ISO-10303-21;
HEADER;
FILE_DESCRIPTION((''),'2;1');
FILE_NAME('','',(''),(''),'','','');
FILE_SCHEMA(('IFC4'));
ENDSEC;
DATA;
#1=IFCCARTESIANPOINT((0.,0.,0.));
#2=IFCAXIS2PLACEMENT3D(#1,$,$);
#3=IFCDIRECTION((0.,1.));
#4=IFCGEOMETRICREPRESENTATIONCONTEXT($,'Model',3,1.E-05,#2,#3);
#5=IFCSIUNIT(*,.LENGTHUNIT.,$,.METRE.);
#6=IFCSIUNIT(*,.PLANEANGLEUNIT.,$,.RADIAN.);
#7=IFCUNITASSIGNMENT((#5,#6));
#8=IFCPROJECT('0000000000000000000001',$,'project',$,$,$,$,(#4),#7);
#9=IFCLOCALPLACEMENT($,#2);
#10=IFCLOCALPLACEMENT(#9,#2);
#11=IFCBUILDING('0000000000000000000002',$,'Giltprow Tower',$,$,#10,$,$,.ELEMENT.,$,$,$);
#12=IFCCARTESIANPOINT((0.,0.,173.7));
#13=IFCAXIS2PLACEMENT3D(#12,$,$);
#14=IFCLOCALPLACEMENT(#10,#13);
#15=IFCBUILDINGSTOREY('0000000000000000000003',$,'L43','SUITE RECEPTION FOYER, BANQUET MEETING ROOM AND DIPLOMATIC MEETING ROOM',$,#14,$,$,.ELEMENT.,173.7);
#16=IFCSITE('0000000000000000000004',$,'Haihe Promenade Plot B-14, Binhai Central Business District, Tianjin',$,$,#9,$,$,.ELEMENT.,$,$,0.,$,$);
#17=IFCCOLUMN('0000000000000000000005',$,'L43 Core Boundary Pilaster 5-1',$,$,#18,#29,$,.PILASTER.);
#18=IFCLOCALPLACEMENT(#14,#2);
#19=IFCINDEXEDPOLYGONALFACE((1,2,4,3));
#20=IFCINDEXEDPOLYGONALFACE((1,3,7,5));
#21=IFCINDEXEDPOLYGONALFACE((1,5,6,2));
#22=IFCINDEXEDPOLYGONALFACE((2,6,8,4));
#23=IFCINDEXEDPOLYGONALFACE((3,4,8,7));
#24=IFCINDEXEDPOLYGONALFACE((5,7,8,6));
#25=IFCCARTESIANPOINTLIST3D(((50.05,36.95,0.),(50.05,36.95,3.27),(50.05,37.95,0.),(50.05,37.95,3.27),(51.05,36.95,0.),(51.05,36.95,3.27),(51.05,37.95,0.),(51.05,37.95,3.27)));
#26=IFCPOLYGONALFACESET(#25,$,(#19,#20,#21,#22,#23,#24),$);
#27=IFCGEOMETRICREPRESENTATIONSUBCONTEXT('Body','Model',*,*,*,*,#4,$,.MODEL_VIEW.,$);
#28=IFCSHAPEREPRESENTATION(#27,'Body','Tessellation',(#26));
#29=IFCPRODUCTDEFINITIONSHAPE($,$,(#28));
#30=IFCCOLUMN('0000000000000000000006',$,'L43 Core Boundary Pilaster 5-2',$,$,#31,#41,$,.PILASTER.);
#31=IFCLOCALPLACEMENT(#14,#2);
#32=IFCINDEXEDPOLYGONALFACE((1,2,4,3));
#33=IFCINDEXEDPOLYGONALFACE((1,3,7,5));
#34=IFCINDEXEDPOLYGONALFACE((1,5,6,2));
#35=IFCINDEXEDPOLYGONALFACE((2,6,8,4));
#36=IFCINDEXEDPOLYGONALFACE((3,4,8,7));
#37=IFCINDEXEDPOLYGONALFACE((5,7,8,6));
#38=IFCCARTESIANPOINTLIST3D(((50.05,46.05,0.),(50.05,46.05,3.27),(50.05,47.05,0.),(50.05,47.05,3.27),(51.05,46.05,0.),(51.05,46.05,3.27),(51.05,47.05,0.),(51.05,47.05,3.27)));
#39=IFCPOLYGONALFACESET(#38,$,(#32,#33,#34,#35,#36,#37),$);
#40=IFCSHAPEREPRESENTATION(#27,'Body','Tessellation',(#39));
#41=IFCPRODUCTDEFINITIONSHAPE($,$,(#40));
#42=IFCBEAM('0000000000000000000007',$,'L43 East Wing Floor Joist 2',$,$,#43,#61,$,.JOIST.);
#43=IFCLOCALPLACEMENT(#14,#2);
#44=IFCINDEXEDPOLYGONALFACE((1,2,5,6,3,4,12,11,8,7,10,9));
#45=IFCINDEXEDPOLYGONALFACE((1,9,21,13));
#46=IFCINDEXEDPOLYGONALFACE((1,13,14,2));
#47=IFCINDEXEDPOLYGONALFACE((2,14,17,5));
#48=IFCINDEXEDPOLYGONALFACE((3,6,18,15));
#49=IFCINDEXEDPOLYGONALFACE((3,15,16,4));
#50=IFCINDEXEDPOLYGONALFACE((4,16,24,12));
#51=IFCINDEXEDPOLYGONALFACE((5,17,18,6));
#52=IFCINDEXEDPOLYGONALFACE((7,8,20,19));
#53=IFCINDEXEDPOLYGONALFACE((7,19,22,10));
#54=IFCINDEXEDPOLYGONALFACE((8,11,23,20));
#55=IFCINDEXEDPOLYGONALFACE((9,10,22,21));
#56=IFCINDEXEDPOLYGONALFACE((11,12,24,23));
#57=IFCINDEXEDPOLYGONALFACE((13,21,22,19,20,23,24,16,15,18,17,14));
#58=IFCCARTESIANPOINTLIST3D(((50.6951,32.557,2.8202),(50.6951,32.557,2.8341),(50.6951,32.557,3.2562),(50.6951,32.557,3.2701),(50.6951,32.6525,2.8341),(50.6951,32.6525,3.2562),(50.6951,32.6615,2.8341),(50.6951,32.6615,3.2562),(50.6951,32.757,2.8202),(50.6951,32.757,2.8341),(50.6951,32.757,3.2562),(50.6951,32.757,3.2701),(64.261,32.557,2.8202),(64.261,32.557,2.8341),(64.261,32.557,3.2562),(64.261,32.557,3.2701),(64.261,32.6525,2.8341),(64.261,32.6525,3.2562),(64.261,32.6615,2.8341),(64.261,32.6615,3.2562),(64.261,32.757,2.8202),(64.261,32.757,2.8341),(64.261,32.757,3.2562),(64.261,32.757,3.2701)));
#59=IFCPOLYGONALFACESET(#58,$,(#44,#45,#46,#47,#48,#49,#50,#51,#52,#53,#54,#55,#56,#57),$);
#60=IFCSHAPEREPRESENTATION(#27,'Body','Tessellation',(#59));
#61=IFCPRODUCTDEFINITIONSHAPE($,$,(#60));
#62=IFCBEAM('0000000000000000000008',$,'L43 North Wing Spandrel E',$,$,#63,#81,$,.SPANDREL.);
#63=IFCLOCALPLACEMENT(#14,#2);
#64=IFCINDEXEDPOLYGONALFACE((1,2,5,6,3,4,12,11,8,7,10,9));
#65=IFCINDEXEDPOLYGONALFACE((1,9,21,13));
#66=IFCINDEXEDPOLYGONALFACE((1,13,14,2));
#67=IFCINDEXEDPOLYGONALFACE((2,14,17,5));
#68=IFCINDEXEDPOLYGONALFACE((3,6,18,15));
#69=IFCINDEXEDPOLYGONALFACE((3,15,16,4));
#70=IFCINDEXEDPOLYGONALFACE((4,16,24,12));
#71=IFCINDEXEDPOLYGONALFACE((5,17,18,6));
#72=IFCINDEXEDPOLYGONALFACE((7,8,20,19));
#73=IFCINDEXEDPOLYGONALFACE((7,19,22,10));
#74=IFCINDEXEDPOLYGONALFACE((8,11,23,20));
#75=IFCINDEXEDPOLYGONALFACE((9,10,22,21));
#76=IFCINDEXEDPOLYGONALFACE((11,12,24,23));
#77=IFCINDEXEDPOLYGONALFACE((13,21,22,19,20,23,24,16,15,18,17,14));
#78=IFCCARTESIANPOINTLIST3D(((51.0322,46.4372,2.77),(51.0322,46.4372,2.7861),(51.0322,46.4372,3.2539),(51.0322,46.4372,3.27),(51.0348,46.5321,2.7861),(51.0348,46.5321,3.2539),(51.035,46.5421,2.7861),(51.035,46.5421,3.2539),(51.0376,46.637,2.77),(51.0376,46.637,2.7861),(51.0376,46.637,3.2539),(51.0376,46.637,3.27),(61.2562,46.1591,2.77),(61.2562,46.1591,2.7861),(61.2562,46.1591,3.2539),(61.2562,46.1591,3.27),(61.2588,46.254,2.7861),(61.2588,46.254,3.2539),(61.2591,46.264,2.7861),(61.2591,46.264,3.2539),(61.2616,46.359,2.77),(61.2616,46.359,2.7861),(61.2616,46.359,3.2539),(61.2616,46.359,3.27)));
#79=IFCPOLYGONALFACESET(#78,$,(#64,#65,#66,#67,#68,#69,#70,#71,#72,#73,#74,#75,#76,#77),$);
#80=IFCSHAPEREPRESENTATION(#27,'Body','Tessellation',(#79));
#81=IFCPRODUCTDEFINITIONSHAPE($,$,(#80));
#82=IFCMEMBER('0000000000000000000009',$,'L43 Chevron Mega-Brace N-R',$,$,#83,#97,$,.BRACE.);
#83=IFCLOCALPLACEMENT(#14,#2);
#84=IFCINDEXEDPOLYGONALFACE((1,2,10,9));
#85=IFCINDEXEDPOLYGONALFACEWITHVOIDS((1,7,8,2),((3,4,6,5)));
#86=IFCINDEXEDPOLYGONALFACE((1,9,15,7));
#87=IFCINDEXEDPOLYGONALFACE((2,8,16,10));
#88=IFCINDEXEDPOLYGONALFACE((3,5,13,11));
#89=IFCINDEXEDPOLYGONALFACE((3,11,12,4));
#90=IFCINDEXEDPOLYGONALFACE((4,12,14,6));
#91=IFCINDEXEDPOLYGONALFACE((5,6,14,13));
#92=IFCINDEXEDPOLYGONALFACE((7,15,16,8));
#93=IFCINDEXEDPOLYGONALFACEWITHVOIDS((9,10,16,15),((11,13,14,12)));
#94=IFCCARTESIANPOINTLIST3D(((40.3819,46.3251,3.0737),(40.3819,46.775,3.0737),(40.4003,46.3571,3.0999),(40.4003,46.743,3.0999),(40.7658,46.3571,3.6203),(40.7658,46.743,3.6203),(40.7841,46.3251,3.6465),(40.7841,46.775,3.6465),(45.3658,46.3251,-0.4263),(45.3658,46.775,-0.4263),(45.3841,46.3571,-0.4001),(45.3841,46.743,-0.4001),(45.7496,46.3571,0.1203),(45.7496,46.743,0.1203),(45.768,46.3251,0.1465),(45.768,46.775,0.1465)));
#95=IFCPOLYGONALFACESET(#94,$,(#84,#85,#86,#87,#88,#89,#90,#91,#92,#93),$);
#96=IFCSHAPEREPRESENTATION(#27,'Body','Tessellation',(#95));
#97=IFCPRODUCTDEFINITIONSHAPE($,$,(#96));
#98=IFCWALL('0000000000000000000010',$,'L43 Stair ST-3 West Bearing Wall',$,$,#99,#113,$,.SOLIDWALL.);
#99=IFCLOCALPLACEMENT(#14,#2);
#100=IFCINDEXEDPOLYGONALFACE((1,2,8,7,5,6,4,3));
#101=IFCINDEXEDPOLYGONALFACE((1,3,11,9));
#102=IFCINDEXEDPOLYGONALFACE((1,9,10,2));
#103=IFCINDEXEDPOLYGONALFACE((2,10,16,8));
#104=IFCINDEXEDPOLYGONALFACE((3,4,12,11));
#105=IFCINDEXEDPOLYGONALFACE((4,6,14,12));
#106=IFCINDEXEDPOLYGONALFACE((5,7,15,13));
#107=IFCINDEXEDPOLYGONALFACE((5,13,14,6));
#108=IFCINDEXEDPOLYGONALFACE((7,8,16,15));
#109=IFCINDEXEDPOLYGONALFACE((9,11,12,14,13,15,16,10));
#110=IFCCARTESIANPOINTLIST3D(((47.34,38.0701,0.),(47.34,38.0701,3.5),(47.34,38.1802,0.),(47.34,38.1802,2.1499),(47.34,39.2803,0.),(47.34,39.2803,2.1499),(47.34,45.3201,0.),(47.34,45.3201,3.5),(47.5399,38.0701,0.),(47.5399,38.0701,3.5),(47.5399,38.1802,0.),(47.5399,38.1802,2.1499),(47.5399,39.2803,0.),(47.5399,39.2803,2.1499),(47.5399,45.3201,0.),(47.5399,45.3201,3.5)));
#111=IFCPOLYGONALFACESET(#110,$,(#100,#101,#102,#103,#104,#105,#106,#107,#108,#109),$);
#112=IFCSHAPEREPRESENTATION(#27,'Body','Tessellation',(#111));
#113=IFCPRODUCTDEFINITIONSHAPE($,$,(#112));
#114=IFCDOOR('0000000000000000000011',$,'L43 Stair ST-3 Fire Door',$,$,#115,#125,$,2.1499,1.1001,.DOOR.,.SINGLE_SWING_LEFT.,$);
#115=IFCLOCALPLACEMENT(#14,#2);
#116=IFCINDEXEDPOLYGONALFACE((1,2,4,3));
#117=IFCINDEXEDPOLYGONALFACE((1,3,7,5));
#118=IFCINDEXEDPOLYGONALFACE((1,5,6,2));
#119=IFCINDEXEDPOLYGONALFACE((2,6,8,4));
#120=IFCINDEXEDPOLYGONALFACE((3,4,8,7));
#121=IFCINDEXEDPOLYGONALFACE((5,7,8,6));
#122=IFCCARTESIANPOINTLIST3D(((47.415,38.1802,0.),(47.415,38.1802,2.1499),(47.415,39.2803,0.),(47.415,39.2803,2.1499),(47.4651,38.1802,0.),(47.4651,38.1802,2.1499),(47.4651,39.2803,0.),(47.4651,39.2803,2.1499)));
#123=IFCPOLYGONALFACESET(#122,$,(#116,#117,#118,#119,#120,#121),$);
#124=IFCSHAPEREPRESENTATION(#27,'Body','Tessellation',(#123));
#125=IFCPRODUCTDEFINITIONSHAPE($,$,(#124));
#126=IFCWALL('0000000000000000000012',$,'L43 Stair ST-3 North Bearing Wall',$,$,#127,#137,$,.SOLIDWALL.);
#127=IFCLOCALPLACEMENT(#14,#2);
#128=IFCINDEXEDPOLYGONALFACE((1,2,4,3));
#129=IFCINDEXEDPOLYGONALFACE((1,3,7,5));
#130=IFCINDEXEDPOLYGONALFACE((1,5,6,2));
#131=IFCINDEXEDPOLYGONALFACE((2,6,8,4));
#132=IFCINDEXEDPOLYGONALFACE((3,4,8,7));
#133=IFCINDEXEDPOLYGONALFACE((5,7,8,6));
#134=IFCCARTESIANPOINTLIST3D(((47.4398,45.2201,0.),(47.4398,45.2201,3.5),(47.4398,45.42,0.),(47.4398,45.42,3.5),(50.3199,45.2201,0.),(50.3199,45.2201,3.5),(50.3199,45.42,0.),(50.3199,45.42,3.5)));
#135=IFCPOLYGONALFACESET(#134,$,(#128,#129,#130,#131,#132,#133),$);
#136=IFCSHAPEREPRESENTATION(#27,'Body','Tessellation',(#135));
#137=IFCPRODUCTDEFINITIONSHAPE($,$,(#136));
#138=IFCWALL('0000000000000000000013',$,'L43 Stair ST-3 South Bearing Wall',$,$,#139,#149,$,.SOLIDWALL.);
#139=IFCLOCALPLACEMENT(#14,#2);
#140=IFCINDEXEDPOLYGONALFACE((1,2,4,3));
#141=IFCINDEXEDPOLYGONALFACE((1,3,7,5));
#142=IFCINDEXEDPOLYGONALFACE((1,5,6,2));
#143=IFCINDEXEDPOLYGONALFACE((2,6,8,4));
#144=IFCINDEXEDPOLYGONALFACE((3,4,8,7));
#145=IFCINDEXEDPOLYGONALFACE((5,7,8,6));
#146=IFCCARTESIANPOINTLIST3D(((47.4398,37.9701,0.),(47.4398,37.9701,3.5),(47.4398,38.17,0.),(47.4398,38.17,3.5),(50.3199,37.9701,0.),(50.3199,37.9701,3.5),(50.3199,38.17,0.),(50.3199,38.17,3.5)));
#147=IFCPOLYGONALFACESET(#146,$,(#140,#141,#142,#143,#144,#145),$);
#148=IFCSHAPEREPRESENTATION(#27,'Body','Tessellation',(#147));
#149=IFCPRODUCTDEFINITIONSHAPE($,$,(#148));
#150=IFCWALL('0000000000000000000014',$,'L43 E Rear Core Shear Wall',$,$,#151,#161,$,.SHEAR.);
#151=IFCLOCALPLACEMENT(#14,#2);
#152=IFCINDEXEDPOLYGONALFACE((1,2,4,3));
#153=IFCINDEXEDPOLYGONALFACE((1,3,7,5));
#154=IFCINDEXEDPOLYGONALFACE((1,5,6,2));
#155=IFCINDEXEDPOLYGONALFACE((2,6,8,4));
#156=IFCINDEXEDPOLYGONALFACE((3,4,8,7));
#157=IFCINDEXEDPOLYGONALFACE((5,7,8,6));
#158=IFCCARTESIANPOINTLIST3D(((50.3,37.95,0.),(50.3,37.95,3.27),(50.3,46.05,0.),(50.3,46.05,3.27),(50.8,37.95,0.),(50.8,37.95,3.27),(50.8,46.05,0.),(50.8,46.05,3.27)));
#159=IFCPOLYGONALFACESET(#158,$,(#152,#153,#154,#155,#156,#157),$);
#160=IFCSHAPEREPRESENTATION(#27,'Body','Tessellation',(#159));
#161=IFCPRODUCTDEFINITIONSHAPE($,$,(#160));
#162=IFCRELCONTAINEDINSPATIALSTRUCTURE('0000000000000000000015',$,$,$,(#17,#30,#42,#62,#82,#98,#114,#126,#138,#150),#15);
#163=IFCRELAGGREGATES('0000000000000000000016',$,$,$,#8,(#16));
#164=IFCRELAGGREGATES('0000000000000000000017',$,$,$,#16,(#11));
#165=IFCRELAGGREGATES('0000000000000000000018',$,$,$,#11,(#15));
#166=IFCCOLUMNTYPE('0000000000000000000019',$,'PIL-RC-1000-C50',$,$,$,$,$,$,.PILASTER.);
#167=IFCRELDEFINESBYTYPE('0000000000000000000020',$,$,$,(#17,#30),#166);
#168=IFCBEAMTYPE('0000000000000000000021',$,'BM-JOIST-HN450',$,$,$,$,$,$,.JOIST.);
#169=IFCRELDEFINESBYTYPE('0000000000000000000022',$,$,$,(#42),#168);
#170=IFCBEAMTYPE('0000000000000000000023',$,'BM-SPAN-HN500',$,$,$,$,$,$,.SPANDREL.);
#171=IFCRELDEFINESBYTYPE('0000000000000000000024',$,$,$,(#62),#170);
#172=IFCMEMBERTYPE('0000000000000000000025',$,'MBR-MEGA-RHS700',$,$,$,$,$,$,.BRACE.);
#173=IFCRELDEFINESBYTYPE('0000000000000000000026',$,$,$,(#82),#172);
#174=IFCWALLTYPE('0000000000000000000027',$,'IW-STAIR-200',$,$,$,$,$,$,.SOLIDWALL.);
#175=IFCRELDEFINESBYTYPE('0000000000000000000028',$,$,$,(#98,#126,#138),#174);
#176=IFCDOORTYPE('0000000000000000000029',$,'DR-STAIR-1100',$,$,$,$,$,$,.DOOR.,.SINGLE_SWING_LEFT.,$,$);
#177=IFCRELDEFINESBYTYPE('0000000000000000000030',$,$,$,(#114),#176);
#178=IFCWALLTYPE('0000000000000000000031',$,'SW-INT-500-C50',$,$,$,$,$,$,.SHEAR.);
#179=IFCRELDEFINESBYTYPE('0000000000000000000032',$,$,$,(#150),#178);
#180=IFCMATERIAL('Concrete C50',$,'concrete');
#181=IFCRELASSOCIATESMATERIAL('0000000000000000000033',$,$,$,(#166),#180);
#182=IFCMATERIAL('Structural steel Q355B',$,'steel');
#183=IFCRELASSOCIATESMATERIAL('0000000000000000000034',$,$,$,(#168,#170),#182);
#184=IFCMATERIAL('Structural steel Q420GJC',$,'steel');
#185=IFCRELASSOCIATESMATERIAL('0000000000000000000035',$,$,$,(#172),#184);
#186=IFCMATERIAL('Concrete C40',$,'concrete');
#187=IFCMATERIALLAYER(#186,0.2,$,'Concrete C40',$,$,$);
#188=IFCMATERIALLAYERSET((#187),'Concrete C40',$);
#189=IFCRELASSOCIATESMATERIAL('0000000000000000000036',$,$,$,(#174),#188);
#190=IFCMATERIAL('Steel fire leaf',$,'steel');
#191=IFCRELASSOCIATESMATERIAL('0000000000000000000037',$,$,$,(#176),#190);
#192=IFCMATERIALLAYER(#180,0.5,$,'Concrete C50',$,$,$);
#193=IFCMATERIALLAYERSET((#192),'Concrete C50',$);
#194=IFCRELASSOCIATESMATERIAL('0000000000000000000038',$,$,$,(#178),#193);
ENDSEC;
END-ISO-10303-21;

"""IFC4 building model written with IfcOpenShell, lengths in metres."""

from ifc_helpers import new_model, si_unit, direction, frame, frame_2d, origin, origin_2d, place, context, subcontext, project, spatial, rectangle, hollow_rectangle, i_section, extrude, source, transform, mapped, material, layer, layer_set, material_profile, profile_set, type_object, element, fill, save


model = new_model("IFC4")

# Units and contexts
model_context = context("Model", 3, precision=1e-05, world=origin(), true_north=direction((0.0, 1.0)))
body_context = subcontext(model_context, "Body", "Model", "MODEL_VIEW")
ifc_project = project(units=[si_unit("LENGTHUNIT", "METRE"), si_unit("PLANEANGLEUNIT", "RADIAN")], contexts=[model_context])

# Site, building, storey
site_placement = place(None, origin())
site = spatial("IfcSite", under=ifc_project, at=site_placement, Name="Haihe Promenade Plot B-14, Binhai Central Business District, Tianjin", CompositionType="ELEMENT", RefElevation=0.0)
building_placement = place(site_placement, origin())
building = spatial("IfcBuilding", under=site, at=building_placement, Name="Giltprow Tower", CompositionType="ELEMENT")
storey_placement = place(building_placement, frame((0.0, 0.0, 173.7)))
storey = spatial("IfcBuildingStorey", under=building, at=storey_placement, Name="L43", Description="SUITE RECEPTION FOYER, BANQUET MEETING ROOM AND DIPLOMATIC MEETING ROOM", CompositionType="ELEMENT", Elevation=173.7)

# Columns
ifc_material_1 = material(Name="Concrete C50", Category="concrete")
ifc_material_profile_1 = material_profile(ifc_material_1, rectangle(XDim=1.0, YDim=1.0, at=origin_2d()), Name="RC 1000x1000")
ifc_profile_set_1 = profile_set([ifc_material_profile_1], Name="Concrete C50")
column_type = type_object("IfcColumnType", Name="PIL-RC-1000-C50", PredefinedType="PILASTER", material=ifc_profile_set_1)
shared_shape_1 = source(origin(), body_context, "Body", "SweptSolid", [
    extrude(rectangle(XDim=1.0, YDim=1.0, at=origin_2d()), origin(), (0.0, 0.0, 1.0), 3.27),
])
for number, where, z_axis, x_axis, name in (
    (1, (50.55, 37.45, 0.0), (0.0, 0.0, 1.0), (1.0, 0.0, 0.0), "L43 Core Boundary Pilaster 5-1"),
    (2, (50.55, 46.55, 0.0), (0.0, 0.0, 1.0), (1.0, 0.0, 0.0), "L43 Core Boundary Pilaster 5-2"),
):
    element("IfcColumn", number, at=place(storey_placement, frame(where, z_axis=z_axis, x_axis=x_axis)), inside=storey, type_object=column_type, Name=name, PredefinedType="PILASTER", context=body_context, shape_type="MappedRepresentation", body=[
        mapped(shared_shape_1, transform((0.0, 0.0, 0.0), x_axis=(1.0, 0.0, 0.0), y_axis=(0.0, 1.0, 0.0), z_axis=(0.0, 0.0, 1.0), scale=1.0)),
    ])

# Beams
ifc_material_2 = material(Name="Structural steel Q355B", Category="steel")
ifc_material_profile_2 = material_profile(ifc_material_2, i_section(OverallWidth=0.2, OverallDepth=0.45, WebThickness=0.009, FlangeThickness=0.0139, at=origin_2d()), Name="HN 450x200x9x14")
ifc_profile_set_2 = profile_set([ifc_material_profile_2], Name="Structural steel Q355B")
beam_type_1 = type_object("IfcBeamType", Name="BM-JOIST-HN450", PredefinedType="JOIST", material=ifc_profile_set_2)
shared_shape_2 = source(origin(), body_context, "Body", "SweptSolid", [
    extrude(i_section(OverallWidth=0.2, OverallDepth=0.45, WebThickness=0.009, FlangeThickness=0.0139, at=origin_2d()), origin(), (0.0, 0.0, 1.0), 13.5659),
])
beam_1_placement = place(storey_placement, frame((50.6951, 32.657, 3.0452), z_axis=(1.0, 0.0, 0.0), x_axis=(0.0, 1.0, 0.0)))
element("IfcBeam", 3, at=beam_1_placement, inside=storey, type_object=beam_type_1, Name="L43 East Wing Floor Joist 2", PredefinedType="JOIST", context=body_context, shape_type="MappedRepresentation", body=[
    mapped(shared_shape_2, transform((0.0, 0.0, 0.0), x_axis=(1.0, 0.0, 0.0), y_axis=(0.0, 1.0, 0.0), z_axis=(0.0, 0.0, 1.0), scale=1.0)),
])
ifc_material_profile_3 = material_profile(ifc_material_2, i_section(OverallWidth=0.2, OverallDepth=0.5, WebThickness=0.01, FlangeThickness=0.0161, at=origin_2d()), Name="HN 500x200x10x16")
ifc_profile_set_3 = profile_set([ifc_material_profile_3], Name="Structural steel Q355B")
beam_type_2 = type_object("IfcBeamType", Name="BM-SPAN-HN500", PredefinedType="SPANDREL", material=ifc_profile_set_3)
shared_shape_3 = source(origin(), body_context, "Body", "SweptSolid", [
    extrude(i_section(OverallWidth=0.2, OverallDepth=0.5, WebThickness=0.01, FlangeThickness=0.0161, at=origin_2d()), origin(), (0.0, 0.0, 1.0), 10.2278),
])
beam_2_placement = place(storey_placement, frame((51.0349, 46.5371, 3.02), z_axis=(0.99963, -0.027188, 0.0), x_axis=(0.027188, 0.99963, 0.0)))
element("IfcBeam", 4, at=beam_2_placement, inside=storey, type_object=beam_type_2, Name="L43 North Wing Spandrel E", PredefinedType="SPANDREL", context=body_context, shape_type="MappedRepresentation", body=[
    mapped(shared_shape_3, transform((0.0, 0.0, 0.0), x_axis=(1.0, 0.0, 0.0), y_axis=(0.0, 1.0, 0.0), z_axis=(0.0, 0.0, 1.0), scale=1.0)),
])

# Member
ifc_material_3 = material(Name="Structural steel Q420GJC", Category="steel")
ifc_material_profile_4 = material_profile(ifc_material_3, hollow_rectangle(XDim=0.45, YDim=0.7, WallThickness=0.032, at=origin_2d()), Name="RHS 700x450x32")
ifc_profile_set_4 = profile_set([ifc_material_profile_4], Name="Structural steel Q420GJC")
member_type = type_object("IfcMemberType", Name="MBR-MEGA-RHS700", PredefinedType="BRACE", material=ifc_profile_set_4)
shared_shape_4 = source(origin(), body_context, "Body", "SweptSolid", [
    extrude(hollow_rectangle(XDim=0.45, YDim=0.7, WallThickness=0.032, at=origin_2d()), origin(), (0.0, 0.0, 1.0), 6.0901),
])
member_placement = place(storey_placement, frame((45.5669, 46.55, -0.1399), z_axis=(-0.818361, 0.0, 0.574705), x_axis=(0.0, -1.0, 0.0)))
element("IfcMember", 5, at=member_placement, inside=storey, type_object=member_type, Name="L43 Chevron Mega-Brace N-R", PredefinedType="BRACE", context=body_context, shape_type="MappedRepresentation", body=[
    mapped(shared_shape_4, transform((0.0, 0.0, 0.0), x_axis=(1.0, 0.0, 0.0), y_axis=(0.0, 1.0, 0.0), z_axis=(0.0, 0.0, 1.0), scale=1.0)),
])

# Wall, opening, door
ifc_material_4 = material(Name="Concrete C40", Category="concrete")
ifc_layer_1 = layer(ifc_material_4, 0.2, Name="Concrete C40")
ifc_layer_set_1 = layer_set([ifc_layer_1], Name="Concrete C40")
wall_type_1 = type_object("IfcWallType", Name="IW-STAIR-200", PredefinedType="SOLIDWALL", material=ifc_layer_set_1)
wall_1_placement = place(storey_placement, frame((47.4399, 38.0701, 0.0), z_axis=(0.0, 0.0, 1.0), x_axis=(0.0, 1.0, 0.0)))
wall_1 = element("IfcWall", 6, at=wall_1_placement, inside=storey, type_object=wall_type_1, Name="L43 Stair ST-3 West Bearing Wall", PredefinedType="SOLIDWALL", context=body_context, shape_type="SweptSolid", body=[
    extrude(rectangle(XDim=7.25, YDim=0.2, at=frame_2d((3.625, 0.0))), origin(), (0.0, 0.0, 1.0), 3.5),
])
opening_placement = place(wall_1_placement, frame((0.1101, 0.0, 0.0)))
opening = element("IfcOpeningElement", 7, at=opening_placement, cuts=wall_1, PredefinedType="OPENING", context=body_context, shape_type="SweptSolid", body=[
    extrude(rectangle(XDim=1.1001, YDim=2.1499, at=frame_2d((0.55, 1.075))), frame((0.0, 0.1099, 0.0), z_axis=(0.0, -1.0, 0.0), x_axis=(1.0, 0.0, 0.0)), (0.0, 0.0, 1.0), 0.22),
])
ifc_material_5 = material(Name="Steel fire leaf", Category="steel")
door_type = type_object("IfcDoorType", Name="DR-STAIR-1100", OperationType="SINGLE_SWING_LEFT", PredefinedType="DOOR", material=ifc_material_5)
shared_shape_5 = source(origin(), body_context, "Body", "SweptSolid", [
    extrude(rectangle(XDim=1.1001, YDim=2.1499, at=frame_2d((0.55, 1.075))), frame((0.0, 0.0249, 0.0), z_axis=(0.0, -1.0, 0.0), x_axis=(1.0, 0.0, 0.0)), (0.0, 0.0, 1.0), 0.05),
])
door_placement = place(opening_placement, origin())
door = element("IfcDoor", 8, at=door_placement, inside=storey, type_object=door_type, Name="L43 Stair ST-3 Fire Door", OperationType="SINGLE_SWING_LEFT", OverallHeight=2.1499, OverallWidth=1.1001, PredefinedType="DOOR", context=body_context, shape_type="MappedRepresentation", body=[
    mapped(shared_shape_5, transform((0.0, 0.0, 0.0), x_axis=(1.0, 0.0, 0.0), y_axis=(0.0, 1.0, 0.0), z_axis=(0.0, 0.0, 1.0), scale=1.0)),
])
fill(opening, door)

# Walls
for number, where, z_axis, x_axis, name in (
    (9, (47.4399, 45.3201, 0.0), (0.0, 0.0, 1.0), (1.0, 0.0, 0.0), "L43 Stair ST-3 North Bearing Wall"),
    (10, (47.4399, 38.0701, 0.0), (0.0, 0.0, 1.0), (1.0, 0.0, 0.0), "L43 Stair ST-3 South Bearing Wall"),
):
    element("IfcWall", number, at=place(storey_placement, frame(where, z_axis=z_axis, x_axis=x_axis)), inside=storey, type_object=wall_type_1, Name=name, PredefinedType="SOLIDWALL", context=body_context, shape_type="SweptSolid", body=[
        extrude(rectangle(XDim=2.8801, YDim=0.2, at=frame_2d((1.4399, 0.0))), origin(), (0.0, 0.0, 1.0), 3.5),
    ])
ifc_layer_2 = layer(ifc_material_1, 0.5, Name="Concrete C50")
ifc_layer_set_2 = layer_set([ifc_layer_2], Name="Concrete C50")
wall_type_2 = type_object("IfcWallType", Name="SW-INT-500-C50", PredefinedType="SHEAR", material=ifc_layer_set_2)
wall_2_placement = place(storey_placement, frame((50.55, 37.95, 0.0), z_axis=(0.0, 0.0, 1.0), x_axis=(0.0, 1.0, 0.0)))
element("IfcWall", 11, at=wall_2_placement, inside=storey, type_object=wall_type_2, Name="L43 E Rear Core Shear Wall", PredefinedType="SHEAR", context=body_context, shape_type="SweptSolid", body=[
    extrude(rectangle(XDim=8.1001, YDim=0.5, at=frame_2d((4.05, 0.0))), origin(), (0.0, 0.0, 1.0), 3.27),
])

save(model, "model.ifc")
